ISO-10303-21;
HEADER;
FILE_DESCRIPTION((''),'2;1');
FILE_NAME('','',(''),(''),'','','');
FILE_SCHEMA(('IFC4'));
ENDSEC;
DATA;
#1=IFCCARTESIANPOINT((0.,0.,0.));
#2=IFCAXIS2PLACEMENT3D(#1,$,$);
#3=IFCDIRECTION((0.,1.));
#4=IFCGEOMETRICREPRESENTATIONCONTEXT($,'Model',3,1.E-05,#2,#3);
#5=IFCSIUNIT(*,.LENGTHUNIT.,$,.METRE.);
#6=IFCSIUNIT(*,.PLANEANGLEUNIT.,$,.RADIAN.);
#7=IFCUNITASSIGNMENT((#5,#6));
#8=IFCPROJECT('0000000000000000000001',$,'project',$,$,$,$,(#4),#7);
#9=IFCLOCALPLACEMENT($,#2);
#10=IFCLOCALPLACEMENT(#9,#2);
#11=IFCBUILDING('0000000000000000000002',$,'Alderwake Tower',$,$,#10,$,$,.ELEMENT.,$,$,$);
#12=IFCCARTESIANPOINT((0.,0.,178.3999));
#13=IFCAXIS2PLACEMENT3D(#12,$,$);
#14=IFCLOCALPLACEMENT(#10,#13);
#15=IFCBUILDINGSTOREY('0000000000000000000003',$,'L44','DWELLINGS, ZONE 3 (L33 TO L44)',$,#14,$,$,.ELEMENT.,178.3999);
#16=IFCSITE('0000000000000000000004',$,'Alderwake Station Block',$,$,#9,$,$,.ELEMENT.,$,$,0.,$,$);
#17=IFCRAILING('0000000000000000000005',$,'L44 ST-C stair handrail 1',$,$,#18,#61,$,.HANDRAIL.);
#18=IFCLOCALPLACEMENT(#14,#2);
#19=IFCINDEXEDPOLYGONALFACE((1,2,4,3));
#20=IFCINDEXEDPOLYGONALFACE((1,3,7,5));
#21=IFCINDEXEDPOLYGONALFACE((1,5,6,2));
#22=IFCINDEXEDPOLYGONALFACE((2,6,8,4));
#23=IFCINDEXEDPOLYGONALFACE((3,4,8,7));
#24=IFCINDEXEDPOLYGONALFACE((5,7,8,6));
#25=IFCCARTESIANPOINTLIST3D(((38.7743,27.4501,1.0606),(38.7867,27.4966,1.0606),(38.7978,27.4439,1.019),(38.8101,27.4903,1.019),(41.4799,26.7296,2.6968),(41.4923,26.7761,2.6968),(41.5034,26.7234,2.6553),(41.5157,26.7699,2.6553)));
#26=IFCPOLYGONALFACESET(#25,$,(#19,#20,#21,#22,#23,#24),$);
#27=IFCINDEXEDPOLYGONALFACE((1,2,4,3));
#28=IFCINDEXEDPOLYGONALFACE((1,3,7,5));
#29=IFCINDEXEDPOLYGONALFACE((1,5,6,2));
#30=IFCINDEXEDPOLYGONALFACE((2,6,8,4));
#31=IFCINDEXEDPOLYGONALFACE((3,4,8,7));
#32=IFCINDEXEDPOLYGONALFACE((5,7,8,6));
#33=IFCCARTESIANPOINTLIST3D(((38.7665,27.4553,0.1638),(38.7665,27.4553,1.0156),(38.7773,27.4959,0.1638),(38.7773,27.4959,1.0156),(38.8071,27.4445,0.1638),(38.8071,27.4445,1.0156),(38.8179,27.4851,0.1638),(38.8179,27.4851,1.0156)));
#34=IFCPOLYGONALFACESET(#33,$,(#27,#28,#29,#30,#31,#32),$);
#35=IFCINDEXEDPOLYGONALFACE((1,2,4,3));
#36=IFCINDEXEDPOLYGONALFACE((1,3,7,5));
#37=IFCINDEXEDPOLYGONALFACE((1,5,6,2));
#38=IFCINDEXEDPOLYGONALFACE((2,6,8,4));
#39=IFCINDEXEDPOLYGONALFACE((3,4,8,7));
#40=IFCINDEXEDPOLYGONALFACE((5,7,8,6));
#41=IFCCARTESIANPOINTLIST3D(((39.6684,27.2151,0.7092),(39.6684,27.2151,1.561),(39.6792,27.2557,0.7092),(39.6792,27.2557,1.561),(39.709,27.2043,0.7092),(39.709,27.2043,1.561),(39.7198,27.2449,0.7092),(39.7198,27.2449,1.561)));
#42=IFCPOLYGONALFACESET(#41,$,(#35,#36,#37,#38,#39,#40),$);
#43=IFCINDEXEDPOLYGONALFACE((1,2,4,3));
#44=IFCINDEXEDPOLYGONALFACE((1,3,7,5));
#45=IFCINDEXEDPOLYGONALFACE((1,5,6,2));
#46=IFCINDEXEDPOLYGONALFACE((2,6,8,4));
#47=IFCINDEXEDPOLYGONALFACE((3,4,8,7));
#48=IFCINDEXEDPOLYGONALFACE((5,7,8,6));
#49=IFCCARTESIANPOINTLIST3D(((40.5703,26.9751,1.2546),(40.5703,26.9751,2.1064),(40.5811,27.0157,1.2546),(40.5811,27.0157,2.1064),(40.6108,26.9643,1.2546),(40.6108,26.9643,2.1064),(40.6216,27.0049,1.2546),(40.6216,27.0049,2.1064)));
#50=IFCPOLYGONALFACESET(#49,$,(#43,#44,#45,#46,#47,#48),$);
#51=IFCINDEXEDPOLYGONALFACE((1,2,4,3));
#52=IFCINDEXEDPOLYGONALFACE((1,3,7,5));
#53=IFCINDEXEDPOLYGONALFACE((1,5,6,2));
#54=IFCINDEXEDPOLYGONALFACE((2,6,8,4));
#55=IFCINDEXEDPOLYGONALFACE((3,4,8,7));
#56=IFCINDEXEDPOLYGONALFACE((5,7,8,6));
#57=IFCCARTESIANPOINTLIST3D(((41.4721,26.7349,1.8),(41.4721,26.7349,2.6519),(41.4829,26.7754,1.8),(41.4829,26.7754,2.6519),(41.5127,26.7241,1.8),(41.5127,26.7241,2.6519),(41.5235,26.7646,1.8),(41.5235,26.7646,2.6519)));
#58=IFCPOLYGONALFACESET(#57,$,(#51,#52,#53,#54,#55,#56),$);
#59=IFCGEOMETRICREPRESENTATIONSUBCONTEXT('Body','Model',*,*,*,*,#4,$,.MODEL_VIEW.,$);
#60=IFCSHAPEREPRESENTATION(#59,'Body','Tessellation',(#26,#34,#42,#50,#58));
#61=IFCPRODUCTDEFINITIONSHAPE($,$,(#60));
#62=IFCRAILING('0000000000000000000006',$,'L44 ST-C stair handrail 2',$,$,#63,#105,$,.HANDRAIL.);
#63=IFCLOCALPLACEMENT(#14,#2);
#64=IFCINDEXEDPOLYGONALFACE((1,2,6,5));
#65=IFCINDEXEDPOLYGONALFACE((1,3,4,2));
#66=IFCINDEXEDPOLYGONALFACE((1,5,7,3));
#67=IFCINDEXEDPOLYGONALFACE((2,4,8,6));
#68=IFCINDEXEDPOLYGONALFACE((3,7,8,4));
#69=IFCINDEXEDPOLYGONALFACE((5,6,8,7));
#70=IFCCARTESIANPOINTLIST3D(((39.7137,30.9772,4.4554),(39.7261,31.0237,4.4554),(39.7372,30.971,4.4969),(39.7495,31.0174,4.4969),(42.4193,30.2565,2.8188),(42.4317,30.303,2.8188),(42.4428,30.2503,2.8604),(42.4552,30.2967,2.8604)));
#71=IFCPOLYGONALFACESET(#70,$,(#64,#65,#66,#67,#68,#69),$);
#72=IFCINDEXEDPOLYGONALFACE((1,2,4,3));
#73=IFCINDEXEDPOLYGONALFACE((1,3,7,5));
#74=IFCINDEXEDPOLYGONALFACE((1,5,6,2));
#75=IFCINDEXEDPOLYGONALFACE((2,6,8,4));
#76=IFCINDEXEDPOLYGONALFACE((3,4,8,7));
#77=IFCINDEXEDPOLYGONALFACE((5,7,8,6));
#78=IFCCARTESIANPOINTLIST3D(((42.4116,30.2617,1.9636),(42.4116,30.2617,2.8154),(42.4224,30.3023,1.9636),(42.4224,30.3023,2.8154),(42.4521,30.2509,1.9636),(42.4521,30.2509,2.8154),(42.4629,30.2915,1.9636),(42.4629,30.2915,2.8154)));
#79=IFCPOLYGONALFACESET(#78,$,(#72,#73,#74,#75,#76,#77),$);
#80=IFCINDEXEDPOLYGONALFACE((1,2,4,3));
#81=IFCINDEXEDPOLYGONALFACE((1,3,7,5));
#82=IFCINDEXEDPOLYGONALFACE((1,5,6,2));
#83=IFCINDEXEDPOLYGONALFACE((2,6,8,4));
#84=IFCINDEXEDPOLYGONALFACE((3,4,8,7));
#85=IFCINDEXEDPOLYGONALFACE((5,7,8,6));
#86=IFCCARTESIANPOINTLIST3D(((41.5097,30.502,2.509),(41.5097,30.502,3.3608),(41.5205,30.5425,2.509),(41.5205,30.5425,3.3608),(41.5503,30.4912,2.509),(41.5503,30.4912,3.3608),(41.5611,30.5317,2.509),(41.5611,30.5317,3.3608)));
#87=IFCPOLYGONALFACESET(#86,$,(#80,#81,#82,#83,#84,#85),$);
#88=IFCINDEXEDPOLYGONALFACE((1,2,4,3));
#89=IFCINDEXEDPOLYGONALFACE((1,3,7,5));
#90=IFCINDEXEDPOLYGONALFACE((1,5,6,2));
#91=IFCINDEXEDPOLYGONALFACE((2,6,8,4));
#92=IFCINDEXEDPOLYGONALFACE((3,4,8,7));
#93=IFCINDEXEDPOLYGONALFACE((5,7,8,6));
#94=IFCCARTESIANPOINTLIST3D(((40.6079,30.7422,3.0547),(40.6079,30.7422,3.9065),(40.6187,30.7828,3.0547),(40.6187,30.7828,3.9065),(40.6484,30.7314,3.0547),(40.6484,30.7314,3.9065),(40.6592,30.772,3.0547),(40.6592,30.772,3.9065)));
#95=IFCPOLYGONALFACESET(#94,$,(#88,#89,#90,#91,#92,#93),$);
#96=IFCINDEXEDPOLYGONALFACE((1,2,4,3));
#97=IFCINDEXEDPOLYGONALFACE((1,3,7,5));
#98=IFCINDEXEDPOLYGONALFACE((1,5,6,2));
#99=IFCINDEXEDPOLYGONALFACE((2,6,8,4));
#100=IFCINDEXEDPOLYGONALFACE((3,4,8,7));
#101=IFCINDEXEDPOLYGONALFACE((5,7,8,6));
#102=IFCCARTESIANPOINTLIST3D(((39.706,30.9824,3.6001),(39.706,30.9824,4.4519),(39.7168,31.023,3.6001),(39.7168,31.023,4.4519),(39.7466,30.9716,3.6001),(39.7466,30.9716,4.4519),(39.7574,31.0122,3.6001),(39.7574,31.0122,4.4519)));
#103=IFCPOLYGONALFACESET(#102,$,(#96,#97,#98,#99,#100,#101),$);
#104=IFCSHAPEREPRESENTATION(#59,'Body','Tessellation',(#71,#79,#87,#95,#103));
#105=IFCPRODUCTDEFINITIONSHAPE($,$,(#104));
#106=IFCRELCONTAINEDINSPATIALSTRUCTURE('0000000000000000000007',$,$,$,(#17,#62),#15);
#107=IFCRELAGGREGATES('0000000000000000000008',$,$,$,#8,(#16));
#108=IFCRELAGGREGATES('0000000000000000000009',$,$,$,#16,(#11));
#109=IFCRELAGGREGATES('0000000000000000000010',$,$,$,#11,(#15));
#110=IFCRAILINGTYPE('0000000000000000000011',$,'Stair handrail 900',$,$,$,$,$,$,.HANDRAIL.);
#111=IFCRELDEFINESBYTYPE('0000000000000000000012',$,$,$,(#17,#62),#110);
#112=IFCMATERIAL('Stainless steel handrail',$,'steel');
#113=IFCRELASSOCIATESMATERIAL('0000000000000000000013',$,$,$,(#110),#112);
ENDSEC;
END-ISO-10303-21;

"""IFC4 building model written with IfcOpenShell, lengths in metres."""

from ifc_helpers import new_model, si_unit, direction, frame, origin, origin_2d, place, context, subcontext, project, spatial, rectangle, extrude, material, type_object, element, save


model = new_model("IFC4")

# Units and contexts
model_context = context("Model", 3, precision=1e-05, world=origin(), true_north=direction((0.0, 1.0)))
body_context = subcontext(model_context, "Body", "Model", "MODEL_VIEW")
ifc_project = project(units=[si_unit("LENGTHUNIT", "METRE"), si_unit("PLANEANGLEUNIT", "RADIAN")], contexts=[model_context])

# Site, building, storey
site_placement = place(None, origin())
site = spatial("IfcSite", under=ifc_project, at=site_placement, Name="Alderwake Station Block", CompositionType="ELEMENT", RefElevation=0.0)
building_placement = place(site_placement, origin())
building = spatial("IfcBuilding", under=site, at=building_placement, Name="Alderwake Tower", CompositionType="ELEMENT")
storey_placement = place(building_placement, frame((0.0, 0.0, 178.3999)))
storey = spatial("IfcBuildingStorey", under=building, at=storey_placement, Name="L44", Description="DWELLINGS, ZONE 3 (L33 TO L44)", CompositionType="ELEMENT", Elevation=178.3999)

# Railings
ifc_material_1 = material(Name="Stainless steel handrail", Category="steel")
railing_type_1 = type_object("IfcRailingType", Name="Stair handrail 900", PredefinedType="HANDRAIL", material=ifc_material_1)
railing_1_placement = place(storey_placement, frame((38.7922, 27.4702, 0.1638)))
element("IfcRailing", 1, at=railing_1_placement, inside=storey, type_object=railing_type_1, Name="L44 ST-C stair handrail 1", PredefinedType="HANDRAIL", context=body_context, shape_type="SweptSolid", body=[
    extrude(rectangle(XDim=0.0481, YDim=0.0481, at=origin_2d()), frame((0.0, 0.0, 0.876), z_axis=(0.834305, -0.222165, 0.504558), x_axis=(0.257321, 0.966326, 0.0)), (0.0, 0.0, 1.0), 3.2429),
    extrude(rectangle(XDim=0.042, YDim=0.042, at=origin_2d()), frame((0.0, 0.0, 0.0), z_axis=(0.0, 0.0, 1.0), x_axis=(0.966326, -0.257321, 0.0)), (0.0, 0.0, 1.0), 0.8518),
    extrude(rectangle(XDim=0.042, YDim=0.042, at=origin_2d()), frame((0.9019, -0.2402, 0.5454), z_axis=(0.0, 0.0, 1.0), x_axis=(0.966326, -0.257321, 0.0)), (0.0, 0.0, 1.0), 0.8518),
    extrude(rectangle(XDim=0.042, YDim=0.042, at=origin_2d()), frame((1.8037, -0.4802, 1.0908), z_axis=(0.0, 0.0, 1.0), x_axis=(0.966326, -0.257321, 0.0)), (0.0, 0.0, 1.0), 0.8518),
    extrude(rectangle(XDim=0.042, YDim=0.042, at=origin_2d()), frame((2.7056, -0.7205, 1.6362), z_axis=(0.0, 0.0, 1.0), x_axis=(0.966326, -0.257321, 0.0)), (0.0, 0.0, 1.0), 0.8518),
])
railing_2_placement = place(storey_placement, frame((42.4373, 30.2766, 1.9636)))
element("IfcRailing", 2, at=railing_2_placement, inside=storey, type_object=railing_type_1, Name="L44 ST-C stair handrail 2", PredefinedType="HANDRAIL", context=body_context, shape_type="SweptSolid", body=[
    extrude(rectangle(XDim=0.0481, YDim=0.0481, at=origin_2d()), frame((0.0, 0.0, 0.876), z_axis=(-0.834259, 0.222228, 0.504605), x_axis=(-0.257402, -0.966304, 0.0)), (0.0, 0.0, 1.0), 3.2432),
    extrude(rectangle(XDim=0.042, YDim=0.042, at=origin_2d()), frame((0.0, 0.0, 0.0), z_axis=(0.0, 0.0, 1.0), x_axis=(-0.966304, 0.257402, 0.0)), (0.0, 0.0, 1.0), 0.8518),
    extrude(rectangle(XDim=0.042, YDim=0.042, at=origin_2d()), frame((-0.9019, 0.2402, 0.5454), z_axis=(0.0, 0.0, 1.0), x_axis=(-0.966304, 0.257402, 0.0)), (0.0, 0.0, 1.0), 0.8518),
    extrude(rectangle(XDim=0.042, YDim=0.042, at=origin_2d()), frame((-1.8037, 0.4805, 1.0911), z_axis=(0.0, 0.0, 1.0), x_axis=(-0.966304, 0.257402, 0.0)), (0.0, 0.0, 1.0), 0.8518),
    extrude(rectangle(XDim=0.042, YDim=0.042, at=origin_2d()), frame((-2.7056, 0.7207, 1.6365), z_axis=(0.0, 0.0, 1.0), x_axis=(-0.966304, 0.257402, 0.0)), (0.0, 0.0, 1.0), 0.8518),
])

save(model, "model.ifc")
